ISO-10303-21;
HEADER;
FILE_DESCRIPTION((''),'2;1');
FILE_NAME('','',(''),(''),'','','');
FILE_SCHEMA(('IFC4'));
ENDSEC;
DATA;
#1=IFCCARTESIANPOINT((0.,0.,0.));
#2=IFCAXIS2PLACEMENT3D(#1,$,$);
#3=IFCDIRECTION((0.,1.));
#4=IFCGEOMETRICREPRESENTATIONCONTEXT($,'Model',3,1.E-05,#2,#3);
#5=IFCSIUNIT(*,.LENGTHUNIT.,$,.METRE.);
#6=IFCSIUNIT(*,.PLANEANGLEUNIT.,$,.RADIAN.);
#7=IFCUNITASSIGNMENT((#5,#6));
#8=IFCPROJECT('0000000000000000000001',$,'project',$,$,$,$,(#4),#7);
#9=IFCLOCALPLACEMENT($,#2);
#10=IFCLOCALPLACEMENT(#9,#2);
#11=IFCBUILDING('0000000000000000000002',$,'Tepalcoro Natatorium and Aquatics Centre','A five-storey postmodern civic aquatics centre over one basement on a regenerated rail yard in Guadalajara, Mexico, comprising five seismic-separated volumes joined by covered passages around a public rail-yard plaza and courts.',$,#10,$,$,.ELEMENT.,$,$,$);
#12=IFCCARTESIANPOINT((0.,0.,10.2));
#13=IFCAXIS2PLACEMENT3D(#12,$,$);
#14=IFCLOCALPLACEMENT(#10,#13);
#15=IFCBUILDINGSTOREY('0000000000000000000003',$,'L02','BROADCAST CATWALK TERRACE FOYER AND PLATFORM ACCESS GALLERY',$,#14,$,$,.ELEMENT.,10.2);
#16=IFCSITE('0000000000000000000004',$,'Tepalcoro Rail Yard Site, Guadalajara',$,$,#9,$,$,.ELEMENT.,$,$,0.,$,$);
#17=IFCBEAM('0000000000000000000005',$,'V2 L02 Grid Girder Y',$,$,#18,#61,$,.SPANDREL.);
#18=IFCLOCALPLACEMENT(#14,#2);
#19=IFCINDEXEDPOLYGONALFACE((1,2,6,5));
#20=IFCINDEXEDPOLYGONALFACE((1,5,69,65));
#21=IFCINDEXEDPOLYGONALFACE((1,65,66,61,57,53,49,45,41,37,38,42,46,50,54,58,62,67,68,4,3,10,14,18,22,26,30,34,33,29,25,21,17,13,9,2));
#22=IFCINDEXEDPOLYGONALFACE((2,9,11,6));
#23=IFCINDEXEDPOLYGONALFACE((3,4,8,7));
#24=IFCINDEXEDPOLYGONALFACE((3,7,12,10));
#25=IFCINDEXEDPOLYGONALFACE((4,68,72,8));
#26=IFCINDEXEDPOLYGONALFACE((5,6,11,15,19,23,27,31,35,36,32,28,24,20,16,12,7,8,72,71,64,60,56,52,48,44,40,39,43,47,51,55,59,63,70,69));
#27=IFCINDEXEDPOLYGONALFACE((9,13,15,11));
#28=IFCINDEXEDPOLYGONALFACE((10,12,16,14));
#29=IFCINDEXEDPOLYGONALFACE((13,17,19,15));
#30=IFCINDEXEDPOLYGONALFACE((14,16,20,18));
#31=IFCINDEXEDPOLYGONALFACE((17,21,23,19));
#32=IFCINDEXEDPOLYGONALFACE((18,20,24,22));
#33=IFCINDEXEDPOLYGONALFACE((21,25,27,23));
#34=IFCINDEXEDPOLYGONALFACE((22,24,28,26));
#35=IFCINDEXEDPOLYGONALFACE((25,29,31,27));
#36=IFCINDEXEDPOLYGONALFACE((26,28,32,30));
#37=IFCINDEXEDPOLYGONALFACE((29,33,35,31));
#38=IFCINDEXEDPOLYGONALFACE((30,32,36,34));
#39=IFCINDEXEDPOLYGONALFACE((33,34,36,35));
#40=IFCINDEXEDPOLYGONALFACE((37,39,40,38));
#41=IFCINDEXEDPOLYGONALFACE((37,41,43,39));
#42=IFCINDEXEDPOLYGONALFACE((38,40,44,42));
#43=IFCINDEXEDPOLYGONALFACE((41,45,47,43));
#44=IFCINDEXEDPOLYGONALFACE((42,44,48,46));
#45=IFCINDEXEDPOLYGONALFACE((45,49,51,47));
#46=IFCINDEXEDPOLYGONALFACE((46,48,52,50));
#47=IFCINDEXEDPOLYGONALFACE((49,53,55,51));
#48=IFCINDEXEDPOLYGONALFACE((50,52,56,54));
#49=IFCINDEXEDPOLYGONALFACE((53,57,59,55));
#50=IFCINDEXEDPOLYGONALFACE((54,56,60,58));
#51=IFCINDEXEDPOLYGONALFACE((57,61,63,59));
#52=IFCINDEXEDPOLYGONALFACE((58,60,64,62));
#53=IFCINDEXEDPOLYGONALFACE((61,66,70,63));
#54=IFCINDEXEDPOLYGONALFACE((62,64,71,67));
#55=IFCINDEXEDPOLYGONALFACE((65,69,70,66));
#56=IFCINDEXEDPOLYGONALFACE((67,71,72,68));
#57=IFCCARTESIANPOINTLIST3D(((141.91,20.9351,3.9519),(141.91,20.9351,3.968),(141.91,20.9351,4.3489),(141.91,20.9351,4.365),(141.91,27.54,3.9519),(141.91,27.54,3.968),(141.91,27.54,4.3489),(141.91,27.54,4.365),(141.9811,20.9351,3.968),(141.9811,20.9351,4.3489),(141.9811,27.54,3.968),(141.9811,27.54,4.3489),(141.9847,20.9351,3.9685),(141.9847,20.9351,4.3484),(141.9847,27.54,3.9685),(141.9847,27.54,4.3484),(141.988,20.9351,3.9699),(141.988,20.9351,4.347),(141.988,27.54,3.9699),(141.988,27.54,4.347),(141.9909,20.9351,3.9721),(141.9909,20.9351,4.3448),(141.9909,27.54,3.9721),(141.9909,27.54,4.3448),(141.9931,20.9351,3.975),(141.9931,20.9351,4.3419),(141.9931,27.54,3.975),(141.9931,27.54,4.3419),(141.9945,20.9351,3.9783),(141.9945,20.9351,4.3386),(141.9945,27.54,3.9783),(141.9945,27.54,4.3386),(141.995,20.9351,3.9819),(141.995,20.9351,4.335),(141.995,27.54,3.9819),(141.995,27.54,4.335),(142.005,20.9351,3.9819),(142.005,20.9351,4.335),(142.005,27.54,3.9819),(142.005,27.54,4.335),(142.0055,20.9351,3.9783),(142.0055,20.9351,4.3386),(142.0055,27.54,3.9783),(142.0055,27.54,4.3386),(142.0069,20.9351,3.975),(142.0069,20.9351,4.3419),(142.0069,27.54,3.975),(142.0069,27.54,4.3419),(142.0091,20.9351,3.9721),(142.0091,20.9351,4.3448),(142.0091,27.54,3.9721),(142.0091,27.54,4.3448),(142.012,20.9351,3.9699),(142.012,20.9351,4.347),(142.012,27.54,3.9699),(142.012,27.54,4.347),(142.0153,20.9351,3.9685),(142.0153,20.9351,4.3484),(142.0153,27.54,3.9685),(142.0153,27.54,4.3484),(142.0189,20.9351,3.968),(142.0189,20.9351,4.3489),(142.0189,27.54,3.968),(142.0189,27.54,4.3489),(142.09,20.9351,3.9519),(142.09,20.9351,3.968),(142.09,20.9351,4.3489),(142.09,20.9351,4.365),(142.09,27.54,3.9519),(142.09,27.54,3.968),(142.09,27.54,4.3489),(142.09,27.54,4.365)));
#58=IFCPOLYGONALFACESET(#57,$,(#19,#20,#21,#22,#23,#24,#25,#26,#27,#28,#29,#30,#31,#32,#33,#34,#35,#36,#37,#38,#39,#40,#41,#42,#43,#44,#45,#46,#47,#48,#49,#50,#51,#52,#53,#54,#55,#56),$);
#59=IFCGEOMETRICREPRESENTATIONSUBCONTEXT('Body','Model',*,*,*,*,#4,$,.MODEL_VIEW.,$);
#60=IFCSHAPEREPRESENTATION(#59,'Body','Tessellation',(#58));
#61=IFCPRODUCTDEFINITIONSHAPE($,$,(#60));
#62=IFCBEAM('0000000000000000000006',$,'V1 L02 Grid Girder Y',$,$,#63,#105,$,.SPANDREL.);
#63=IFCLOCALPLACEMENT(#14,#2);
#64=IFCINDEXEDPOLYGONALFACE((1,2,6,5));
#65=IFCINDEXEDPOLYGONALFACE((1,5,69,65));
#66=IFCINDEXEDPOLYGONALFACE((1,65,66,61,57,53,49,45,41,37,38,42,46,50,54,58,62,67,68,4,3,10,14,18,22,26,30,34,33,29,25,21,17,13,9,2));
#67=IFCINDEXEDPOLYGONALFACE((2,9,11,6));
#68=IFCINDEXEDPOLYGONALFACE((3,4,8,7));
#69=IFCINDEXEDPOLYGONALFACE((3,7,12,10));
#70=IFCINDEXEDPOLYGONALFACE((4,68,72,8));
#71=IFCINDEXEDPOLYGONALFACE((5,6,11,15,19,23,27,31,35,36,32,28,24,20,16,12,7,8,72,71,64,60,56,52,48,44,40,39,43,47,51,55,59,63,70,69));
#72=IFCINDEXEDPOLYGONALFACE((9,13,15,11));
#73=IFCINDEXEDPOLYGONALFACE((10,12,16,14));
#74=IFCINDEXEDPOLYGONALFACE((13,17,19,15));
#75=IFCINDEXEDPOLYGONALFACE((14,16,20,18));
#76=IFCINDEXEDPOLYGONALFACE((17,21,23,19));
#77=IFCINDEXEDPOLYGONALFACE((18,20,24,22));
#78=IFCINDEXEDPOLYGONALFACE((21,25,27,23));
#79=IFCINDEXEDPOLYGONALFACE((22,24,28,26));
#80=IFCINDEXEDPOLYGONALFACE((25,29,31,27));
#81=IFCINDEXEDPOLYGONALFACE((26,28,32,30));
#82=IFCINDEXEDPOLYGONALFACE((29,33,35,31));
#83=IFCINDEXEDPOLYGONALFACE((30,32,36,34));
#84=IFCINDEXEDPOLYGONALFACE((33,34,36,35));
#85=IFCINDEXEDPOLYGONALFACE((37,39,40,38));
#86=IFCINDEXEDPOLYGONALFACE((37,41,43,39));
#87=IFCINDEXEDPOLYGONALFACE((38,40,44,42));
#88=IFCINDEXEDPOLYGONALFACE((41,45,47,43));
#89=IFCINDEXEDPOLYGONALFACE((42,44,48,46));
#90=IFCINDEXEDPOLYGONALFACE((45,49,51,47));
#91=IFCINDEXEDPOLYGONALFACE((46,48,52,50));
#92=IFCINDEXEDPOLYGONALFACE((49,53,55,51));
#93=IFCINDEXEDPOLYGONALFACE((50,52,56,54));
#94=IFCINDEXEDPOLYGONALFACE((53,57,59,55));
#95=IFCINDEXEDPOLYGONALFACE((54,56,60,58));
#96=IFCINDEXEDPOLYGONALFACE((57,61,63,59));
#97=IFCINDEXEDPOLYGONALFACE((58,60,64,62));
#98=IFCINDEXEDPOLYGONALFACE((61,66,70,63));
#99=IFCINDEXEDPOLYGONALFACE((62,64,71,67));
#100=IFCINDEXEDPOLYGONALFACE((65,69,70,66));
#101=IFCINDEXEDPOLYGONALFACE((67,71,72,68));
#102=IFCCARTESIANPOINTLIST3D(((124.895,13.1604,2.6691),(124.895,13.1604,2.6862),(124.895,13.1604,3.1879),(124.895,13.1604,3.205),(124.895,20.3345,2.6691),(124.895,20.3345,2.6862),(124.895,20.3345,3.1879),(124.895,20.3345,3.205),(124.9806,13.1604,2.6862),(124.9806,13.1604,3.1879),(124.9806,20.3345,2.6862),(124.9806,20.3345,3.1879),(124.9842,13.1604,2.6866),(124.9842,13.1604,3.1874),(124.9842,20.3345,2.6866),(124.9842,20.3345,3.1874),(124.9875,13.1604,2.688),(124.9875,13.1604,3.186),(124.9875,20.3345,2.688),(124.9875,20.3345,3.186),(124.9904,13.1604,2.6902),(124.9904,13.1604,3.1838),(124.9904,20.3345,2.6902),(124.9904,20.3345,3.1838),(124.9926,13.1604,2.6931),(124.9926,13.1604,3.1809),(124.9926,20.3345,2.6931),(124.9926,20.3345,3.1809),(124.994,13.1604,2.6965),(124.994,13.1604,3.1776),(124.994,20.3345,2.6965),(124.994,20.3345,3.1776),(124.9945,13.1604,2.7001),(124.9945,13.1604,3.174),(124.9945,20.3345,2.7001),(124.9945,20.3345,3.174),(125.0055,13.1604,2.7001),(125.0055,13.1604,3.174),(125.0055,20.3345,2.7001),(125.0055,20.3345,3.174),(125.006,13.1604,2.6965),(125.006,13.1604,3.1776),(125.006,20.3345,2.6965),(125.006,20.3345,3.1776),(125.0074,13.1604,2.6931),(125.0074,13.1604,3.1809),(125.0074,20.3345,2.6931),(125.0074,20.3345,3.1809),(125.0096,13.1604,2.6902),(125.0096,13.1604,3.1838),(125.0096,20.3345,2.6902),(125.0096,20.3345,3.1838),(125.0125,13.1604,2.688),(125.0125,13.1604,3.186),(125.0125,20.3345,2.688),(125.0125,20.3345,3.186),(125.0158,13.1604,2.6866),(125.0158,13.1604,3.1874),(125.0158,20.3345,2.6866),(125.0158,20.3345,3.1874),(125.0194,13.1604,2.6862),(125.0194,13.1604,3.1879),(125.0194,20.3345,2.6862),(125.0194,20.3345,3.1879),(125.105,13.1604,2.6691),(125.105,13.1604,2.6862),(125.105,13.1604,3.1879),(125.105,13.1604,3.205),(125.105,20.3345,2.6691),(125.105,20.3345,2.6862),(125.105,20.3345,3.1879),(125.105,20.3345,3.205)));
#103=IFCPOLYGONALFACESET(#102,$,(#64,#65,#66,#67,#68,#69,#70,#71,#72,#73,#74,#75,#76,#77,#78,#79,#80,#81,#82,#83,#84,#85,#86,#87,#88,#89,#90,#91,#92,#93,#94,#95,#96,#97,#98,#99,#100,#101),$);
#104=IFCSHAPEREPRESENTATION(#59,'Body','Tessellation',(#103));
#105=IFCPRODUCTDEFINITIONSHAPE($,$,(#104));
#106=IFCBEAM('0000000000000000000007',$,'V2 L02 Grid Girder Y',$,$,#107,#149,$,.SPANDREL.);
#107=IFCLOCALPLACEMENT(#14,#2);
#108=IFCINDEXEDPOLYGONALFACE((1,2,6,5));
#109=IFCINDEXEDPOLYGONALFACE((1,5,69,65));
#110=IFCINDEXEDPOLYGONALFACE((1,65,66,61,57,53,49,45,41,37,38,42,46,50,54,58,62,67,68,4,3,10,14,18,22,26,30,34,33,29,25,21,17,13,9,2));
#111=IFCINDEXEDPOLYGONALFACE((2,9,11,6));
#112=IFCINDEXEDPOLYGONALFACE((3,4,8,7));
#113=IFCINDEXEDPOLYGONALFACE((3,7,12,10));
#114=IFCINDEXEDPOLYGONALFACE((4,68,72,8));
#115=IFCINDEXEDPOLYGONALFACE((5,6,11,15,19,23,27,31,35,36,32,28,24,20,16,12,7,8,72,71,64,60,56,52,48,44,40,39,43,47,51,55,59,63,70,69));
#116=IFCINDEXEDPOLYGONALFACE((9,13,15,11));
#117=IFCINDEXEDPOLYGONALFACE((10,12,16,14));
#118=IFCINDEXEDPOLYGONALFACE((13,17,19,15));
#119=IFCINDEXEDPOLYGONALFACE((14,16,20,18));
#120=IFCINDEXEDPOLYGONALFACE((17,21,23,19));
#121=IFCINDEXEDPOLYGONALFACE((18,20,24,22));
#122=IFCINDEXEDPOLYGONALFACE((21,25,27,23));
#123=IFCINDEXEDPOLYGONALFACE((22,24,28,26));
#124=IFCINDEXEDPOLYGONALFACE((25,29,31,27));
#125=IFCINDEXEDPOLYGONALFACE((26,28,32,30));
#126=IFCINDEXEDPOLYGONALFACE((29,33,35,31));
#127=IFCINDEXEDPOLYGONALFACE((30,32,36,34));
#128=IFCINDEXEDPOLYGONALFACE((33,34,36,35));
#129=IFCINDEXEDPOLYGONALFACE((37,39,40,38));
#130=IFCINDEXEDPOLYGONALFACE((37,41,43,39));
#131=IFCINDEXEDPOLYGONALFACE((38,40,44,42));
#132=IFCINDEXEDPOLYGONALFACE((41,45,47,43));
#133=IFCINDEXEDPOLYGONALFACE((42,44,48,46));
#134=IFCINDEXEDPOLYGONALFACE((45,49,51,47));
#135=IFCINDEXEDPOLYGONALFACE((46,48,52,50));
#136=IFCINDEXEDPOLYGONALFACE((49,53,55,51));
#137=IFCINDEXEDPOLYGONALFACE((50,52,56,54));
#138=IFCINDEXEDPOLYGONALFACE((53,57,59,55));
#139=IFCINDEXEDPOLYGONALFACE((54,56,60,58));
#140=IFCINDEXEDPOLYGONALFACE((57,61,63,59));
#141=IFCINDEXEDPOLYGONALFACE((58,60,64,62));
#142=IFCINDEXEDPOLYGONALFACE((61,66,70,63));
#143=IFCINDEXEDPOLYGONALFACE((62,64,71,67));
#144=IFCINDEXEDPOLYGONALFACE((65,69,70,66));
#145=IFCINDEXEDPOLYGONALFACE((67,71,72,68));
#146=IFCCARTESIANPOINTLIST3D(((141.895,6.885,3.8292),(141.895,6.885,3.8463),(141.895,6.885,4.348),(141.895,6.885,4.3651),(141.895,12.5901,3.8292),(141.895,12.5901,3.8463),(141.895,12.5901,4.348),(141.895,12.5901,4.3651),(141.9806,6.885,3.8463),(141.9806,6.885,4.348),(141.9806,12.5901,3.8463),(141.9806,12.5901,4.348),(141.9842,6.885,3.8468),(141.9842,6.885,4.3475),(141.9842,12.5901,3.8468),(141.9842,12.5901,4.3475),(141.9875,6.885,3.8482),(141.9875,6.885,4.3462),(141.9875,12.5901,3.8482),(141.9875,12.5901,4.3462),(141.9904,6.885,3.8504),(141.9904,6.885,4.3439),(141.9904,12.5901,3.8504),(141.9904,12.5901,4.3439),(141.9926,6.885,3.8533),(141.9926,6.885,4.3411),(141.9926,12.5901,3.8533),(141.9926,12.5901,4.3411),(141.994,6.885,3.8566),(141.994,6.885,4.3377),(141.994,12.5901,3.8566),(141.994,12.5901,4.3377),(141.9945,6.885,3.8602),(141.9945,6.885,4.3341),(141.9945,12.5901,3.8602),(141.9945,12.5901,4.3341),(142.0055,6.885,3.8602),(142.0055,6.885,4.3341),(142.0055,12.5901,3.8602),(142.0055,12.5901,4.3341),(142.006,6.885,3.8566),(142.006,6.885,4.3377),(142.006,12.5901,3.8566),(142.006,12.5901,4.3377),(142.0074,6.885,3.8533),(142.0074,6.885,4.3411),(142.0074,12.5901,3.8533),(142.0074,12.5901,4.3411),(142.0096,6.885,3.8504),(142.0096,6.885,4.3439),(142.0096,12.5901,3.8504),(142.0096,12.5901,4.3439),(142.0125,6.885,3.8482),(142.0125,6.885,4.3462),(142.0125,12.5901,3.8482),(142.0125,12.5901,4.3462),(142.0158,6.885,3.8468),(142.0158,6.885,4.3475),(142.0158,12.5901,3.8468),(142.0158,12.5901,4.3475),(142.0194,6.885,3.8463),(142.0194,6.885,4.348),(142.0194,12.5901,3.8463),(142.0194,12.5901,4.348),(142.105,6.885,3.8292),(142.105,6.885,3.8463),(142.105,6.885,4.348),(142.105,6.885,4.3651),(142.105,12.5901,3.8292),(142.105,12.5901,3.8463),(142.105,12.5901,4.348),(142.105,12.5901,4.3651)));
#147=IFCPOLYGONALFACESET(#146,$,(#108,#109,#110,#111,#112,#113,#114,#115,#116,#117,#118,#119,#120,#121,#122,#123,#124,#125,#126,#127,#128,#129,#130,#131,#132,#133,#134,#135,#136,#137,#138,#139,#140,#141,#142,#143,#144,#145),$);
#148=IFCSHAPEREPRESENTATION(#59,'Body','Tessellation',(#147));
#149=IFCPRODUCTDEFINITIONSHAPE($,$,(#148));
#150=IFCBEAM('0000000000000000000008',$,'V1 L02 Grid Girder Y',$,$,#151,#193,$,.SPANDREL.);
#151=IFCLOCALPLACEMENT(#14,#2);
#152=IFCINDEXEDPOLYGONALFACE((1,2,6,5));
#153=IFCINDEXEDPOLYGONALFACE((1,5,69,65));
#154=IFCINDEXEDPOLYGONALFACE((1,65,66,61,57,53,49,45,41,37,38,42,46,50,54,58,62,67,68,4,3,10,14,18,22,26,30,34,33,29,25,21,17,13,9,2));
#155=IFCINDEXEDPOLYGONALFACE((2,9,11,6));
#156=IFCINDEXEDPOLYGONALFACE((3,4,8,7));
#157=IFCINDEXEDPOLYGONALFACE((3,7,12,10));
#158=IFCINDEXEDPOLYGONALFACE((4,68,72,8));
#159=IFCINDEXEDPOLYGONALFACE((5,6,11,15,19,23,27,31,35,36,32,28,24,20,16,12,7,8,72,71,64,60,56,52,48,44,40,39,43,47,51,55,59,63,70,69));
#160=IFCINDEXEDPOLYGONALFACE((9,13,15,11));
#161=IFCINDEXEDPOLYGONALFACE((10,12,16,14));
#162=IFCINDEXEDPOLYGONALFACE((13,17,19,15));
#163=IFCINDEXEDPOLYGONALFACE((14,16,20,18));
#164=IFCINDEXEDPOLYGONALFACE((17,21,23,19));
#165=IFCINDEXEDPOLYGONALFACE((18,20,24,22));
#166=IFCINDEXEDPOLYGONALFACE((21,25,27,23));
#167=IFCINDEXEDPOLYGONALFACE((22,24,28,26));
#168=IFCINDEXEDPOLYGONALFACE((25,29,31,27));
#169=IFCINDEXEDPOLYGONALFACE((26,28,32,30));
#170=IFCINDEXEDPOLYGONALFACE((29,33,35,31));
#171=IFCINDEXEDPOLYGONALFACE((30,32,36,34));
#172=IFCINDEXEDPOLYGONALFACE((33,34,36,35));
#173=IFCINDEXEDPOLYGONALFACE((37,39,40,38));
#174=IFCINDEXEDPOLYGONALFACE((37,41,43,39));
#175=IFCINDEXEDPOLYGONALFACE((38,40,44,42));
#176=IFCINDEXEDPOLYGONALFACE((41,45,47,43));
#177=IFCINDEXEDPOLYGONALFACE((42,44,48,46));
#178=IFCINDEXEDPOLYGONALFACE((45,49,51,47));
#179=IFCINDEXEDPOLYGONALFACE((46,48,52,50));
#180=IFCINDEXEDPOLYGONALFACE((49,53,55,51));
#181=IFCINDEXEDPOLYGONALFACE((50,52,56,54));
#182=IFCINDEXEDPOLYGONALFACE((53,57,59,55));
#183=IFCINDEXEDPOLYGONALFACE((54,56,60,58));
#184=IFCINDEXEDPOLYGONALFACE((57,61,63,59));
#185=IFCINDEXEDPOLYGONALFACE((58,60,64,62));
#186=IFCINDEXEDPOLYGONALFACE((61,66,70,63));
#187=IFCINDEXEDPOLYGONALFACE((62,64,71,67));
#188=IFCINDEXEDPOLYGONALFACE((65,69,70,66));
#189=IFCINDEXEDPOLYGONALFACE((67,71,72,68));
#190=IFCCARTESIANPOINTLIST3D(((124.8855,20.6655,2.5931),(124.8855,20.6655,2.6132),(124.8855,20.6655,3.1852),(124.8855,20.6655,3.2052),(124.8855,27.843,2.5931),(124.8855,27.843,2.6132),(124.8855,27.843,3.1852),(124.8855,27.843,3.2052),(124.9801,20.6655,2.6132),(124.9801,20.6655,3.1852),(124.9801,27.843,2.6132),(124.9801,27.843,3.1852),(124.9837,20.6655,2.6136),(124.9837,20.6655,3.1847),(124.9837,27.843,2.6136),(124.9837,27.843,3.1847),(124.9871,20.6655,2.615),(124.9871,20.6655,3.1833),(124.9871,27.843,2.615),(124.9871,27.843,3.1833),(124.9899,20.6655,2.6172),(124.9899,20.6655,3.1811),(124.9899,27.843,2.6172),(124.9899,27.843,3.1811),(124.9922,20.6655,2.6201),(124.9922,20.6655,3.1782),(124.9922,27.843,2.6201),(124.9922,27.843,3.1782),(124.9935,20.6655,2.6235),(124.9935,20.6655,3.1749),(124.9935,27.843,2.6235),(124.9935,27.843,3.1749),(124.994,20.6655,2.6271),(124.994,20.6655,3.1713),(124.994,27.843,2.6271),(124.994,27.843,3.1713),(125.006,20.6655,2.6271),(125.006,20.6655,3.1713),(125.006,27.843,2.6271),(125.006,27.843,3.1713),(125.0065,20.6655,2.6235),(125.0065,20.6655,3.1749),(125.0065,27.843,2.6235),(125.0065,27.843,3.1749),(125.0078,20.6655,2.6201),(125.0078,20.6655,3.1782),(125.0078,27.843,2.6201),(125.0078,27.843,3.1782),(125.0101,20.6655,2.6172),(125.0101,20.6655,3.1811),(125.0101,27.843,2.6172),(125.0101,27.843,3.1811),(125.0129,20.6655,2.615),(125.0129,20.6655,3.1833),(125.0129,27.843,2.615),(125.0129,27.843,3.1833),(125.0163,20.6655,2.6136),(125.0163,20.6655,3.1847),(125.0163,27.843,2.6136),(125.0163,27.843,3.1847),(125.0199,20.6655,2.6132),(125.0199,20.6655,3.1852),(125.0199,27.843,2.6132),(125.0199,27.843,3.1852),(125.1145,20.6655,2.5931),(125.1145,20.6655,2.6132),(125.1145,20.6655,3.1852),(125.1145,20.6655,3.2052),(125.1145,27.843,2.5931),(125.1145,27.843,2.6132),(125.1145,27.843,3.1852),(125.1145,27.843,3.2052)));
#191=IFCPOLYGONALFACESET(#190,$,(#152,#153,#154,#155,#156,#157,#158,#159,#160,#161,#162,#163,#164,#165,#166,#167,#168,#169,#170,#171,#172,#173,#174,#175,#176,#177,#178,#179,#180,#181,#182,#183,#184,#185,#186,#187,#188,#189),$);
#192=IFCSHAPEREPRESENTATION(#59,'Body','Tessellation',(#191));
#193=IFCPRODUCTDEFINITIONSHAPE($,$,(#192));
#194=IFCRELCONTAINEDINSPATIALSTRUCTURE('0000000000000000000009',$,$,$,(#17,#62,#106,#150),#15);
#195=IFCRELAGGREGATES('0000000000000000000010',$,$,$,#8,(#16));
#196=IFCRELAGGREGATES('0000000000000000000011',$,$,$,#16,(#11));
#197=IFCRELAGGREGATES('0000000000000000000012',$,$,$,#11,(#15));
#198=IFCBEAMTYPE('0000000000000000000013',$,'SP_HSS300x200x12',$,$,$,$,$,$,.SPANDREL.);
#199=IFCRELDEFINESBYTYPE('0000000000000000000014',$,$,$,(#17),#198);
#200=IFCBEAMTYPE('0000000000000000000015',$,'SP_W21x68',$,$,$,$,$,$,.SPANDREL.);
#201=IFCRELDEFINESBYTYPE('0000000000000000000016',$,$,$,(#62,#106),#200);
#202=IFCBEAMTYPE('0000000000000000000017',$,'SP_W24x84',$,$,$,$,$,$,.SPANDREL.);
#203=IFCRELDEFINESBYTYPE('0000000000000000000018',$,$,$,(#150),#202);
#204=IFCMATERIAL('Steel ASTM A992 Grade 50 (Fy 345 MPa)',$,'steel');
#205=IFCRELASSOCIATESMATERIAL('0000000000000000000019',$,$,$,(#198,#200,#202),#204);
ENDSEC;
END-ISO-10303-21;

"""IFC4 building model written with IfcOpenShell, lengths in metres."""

from ifc_helpers import new_model, si_unit, direction, frame, origin, origin_2d, place, context, subcontext, project, spatial, i_section, extrude, material, material_profile, profile_set, type_object, element, save


model = new_model("IFC4")

# Units and contexts
model_context = context("Model", 3, precision=1e-05, world=origin(), true_north=direction((0.0, 1.0)))
body_context = subcontext(model_context, "Body", "Model", "MODEL_VIEW")
ifc_project = project(units=[si_unit("LENGTHUNIT", "METRE"), si_unit("PLANEANGLEUNIT", "RADIAN")], contexts=[model_context])

# Site, building, storey
site_placement = place(None, origin())
site = spatial("IfcSite", under=ifc_project, at=site_placement, Name="Tepalcoro Rail Yard Site, Guadalajara", CompositionType="ELEMENT", RefElevation=0.0)
building_placement = place(site_placement, origin())
building = spatial("IfcBuilding", under=site, at=building_placement, Name="Tepalcoro Natatorium and Aquatics Centre", Description="A five-storey postmodern civic aquatics centre over one basement on a regenerated rail yard in Guadalajara, Mexico, comprising five seismic-separated volumes joined by covered passages around a public rail-yard plaza and courts.", CompositionType="ELEMENT")
storey_placement = place(building_placement, frame((0.0, 0.0, 10.2)))
storey = spatial("IfcBuildingStorey", under=building, at=storey_placement, Name="L02", Description="BROADCAST CATWALK TERRACE FOYER AND PLATFORM ACCESS GALLERY", CompositionType="ELEMENT", Elevation=10.2)

# Shared definitions
ifc_material_1 = material(Name="Steel ASTM A992 Grade 50 (Fy 345 MPa)", Category="steel")

# Beams
ifc_material_profile_1 = material_profile(ifc_material_1, i_section(OverallWidth=0.1799, OverallDepth=0.4131, WebThickness=0.01, FlangeThickness=0.0161, FilletRadius=0.0139, at=origin_2d()), Name="W16X50")
ifc_profile_set_1 = profile_set([ifc_material_profile_1], Name="Steel ASTM A992 Grade 50 (Fy 345 MPa)")
beam_type_1 = type_object("IfcBeamType", Name="SP_HSS300x200x12", PredefinedType="SPANDREL", material=ifc_profile_set_1)
beam_1_placement = place(storey_placement, frame((142.0, 20.9351, 4.1584), z_axis=(0.0, 1.0, 0.0), x_axis=(-1.0, 0.0, 0.0)))
element("IfcBeam", 1, at=beam_1_placement, inside=storey, type_object=beam_type_1, Name="V2 L02 Grid Girder Y", PredefinedType="SPANDREL", context=body_context, shape_type="SweptSolid", body=[
    extrude(i_section(OverallWidth=0.1799, OverallDepth=0.4131, WebThickness=0.01, FlangeThickness=0.0161, FilletRadius=0.0139, at=origin_2d()), origin(), (0.0, 0.0, 1.0), 6.605),
])
ifc_material_profile_2 = material_profile(ifc_material_1, i_section(OverallWidth=0.21, OverallDepth=0.5359, WebThickness=0.011, FlangeThickness=0.0171, FilletRadius=0.0139, at=origin_2d()), Name="W21X68")
ifc_profile_set_2 = profile_set([ifc_material_profile_2], Name="Steel ASTM A992 Grade 50 (Fy 345 MPa)")
beam_type_2 = type_object("IfcBeamType", Name="SP_W21x68", PredefinedType="SPANDREL", material=ifc_profile_set_2)
beam_2_placement = place(storey_placement, frame((125.0, 13.1604, 2.937), z_axis=(0.0, 1.0, 0.0), x_axis=(-1.0, 0.0, 0.0)))
element("IfcBeam", 2, at=beam_2_placement, inside=storey, type_object=beam_type_2, Name="V1 L02 Grid Girder Y", PredefinedType="SPANDREL", context=body_context, shape_type="SweptSolid", body=[
    extrude(i_section(OverallWidth=0.21, OverallDepth=0.5359, WebThickness=0.011, FlangeThickness=0.0171, FilletRadius=0.0139, at=origin_2d()), origin(), (0.0, 0.0, 1.0), 7.1741),
])
beam_3_placement = place(storey_placement, frame((142.0, 6.885, 4.0972), z_axis=(0.0, 1.0, 0.0), x_axis=(-1.0, 0.0, 0.0)))
element("IfcBeam", 3, at=beam_3_placement, inside=storey, type_object=beam_type_2, Name="V2 L02 Grid Girder Y", PredefinedType="SPANDREL", context=body_context, shape_type="SweptSolid", body=[
    extrude(i_section(OverallWidth=0.21, OverallDepth=0.5359, WebThickness=0.011, FlangeThickness=0.0171, FilletRadius=0.0139, at=origin_2d()), origin(), (0.0, 0.0, 1.0), 5.7051),
])
ifc_material_profile_3 = material_profile(ifc_material_1, i_section(OverallWidth=0.229, OverallDepth=0.6121, WebThickness=0.012, FlangeThickness=0.02, FilletRadius=0.0139, at=origin_2d()), Name="W24X84")
ifc_profile_set_3 = profile_set([ifc_material_profile_3], Name="Steel ASTM A992 Grade 50 (Fy 345 MPa)")
beam_type_3 = type_object("IfcBeamType", Name="SP_W24x84", PredefinedType="SPANDREL", material=ifc_profile_set_3)
beam_4_placement = place(storey_placement, frame((125.0, 20.6655, 2.8992), z_axis=(0.0, 1.0, 0.0), x_axis=(-1.0, 0.0, 0.0)))
element("IfcBeam", 4, at=beam_4_placement, inside=storey, type_object=beam_type_3, Name="V1 L02 Grid Girder Y", PredefinedType="SPANDREL", context=body_context, shape_type="SweptSolid", body=[
    extrude(i_section(OverallWidth=0.229, OverallDepth=0.6121, WebThickness=0.012, FlangeThickness=0.02, FilletRadius=0.0139, at=origin_2d()), origin(), (0.0, 0.0, 1.0), 7.1775),
])

save(model, "model.ifc")
